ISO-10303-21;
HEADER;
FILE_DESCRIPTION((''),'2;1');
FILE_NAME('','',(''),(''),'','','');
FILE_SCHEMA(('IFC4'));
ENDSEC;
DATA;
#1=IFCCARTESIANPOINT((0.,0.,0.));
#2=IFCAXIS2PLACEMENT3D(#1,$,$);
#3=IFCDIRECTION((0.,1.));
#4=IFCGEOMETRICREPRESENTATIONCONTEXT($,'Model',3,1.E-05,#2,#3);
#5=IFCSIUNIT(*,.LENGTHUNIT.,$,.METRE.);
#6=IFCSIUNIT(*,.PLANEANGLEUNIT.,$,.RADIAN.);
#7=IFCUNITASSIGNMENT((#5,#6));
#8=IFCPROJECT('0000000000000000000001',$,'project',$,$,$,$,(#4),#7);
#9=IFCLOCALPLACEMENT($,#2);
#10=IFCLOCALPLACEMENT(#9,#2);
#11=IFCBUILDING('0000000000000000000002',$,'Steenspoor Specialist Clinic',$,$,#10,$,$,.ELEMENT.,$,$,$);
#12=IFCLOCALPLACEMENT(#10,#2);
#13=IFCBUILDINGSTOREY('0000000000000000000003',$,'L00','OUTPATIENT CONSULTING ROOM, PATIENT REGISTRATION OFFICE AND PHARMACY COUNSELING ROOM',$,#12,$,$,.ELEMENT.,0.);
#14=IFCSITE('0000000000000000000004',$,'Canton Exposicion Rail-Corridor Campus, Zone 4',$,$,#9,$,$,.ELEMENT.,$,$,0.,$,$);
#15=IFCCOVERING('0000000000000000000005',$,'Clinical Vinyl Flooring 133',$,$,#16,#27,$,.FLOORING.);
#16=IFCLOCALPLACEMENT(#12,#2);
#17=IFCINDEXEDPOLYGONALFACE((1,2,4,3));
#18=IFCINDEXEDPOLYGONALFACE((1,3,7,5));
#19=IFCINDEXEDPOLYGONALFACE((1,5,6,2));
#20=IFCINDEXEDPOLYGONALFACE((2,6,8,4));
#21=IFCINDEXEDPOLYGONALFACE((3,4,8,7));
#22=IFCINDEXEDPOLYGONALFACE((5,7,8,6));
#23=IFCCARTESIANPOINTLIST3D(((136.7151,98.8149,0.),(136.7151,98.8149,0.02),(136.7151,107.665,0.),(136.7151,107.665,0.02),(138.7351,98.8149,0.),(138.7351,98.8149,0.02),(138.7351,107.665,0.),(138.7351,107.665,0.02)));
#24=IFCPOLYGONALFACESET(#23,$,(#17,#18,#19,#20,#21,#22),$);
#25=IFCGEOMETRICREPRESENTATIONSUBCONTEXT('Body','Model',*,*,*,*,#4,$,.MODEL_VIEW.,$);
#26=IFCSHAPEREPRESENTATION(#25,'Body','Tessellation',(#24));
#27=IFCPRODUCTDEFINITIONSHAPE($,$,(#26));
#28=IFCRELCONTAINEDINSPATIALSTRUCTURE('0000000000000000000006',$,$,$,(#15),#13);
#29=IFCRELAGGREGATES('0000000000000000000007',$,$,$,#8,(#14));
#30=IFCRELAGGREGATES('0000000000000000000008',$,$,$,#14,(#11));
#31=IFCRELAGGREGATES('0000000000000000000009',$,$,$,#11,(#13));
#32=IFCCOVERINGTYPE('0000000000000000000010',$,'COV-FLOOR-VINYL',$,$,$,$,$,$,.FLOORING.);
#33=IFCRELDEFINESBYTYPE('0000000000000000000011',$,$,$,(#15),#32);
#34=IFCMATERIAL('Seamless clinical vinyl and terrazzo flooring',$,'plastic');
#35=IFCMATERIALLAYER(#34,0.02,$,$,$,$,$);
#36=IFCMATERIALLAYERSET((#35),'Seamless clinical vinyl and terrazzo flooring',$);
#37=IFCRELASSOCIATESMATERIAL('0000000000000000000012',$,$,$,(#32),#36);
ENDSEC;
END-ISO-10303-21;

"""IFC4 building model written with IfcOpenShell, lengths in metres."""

from ifc_helpers import new_model, si_unit, direction, origin, place, context, subcontext, project, spatial, polyline, outline, extrude, material, layer, layer_set, type_object, element, save


model = new_model("IFC4")

# Units and contexts
model_context = context("Model", 3, precision=1e-05, world=origin(), true_north=direction((0.0, 1.0)))
body_context = subcontext(model_context, "Body", "Model", "MODEL_VIEW")
ifc_project = project(units=[si_unit("LENGTHUNIT", "METRE"), si_unit("PLANEANGLEUNIT", "RADIAN")], contexts=[model_context])

# Site, building, storey
site_placement = place(None, origin())
site = spatial("IfcSite", under=ifc_project, at=site_placement, Name="Canton Exposicion Rail-Corridor Campus, Zone 4", CompositionType="ELEMENT", RefElevation=0.0)
building_placement = place(site_placement, origin())
building = spatial("IfcBuilding", under=site, at=building_placement, Name="Steenspoor Specialist Clinic", CompositionType="ELEMENT")
storey_placement = place(building_placement, origin())
storey = spatial("IfcBuildingStorey", under=building, at=storey_placement, Name="L00", Description="OUTPATIENT CONSULTING ROOM, PATIENT REGISTRATION OFFICE AND PHARMACY COUNSELING ROOM", CompositionType="ELEMENT", Elevation=0.0)

# Covering
ifc_material_1 = material(Name="Seamless clinical vinyl and terrazzo flooring", Category="plastic")
ifc_layer_1 = layer(ifc_material_1, 0.02)
ifc_layer_set_1 = layer_set([ifc_layer_1], Name="Seamless clinical vinyl and terrazzo flooring")
covering_type_1 = type_object("IfcCoveringType", Name="COV-FLOOR-VINYL", PredefinedType="FLOORING", material=ifc_layer_set_1)
covering_1_placement = place(storey_placement, origin())
element("IfcCovering", 1, at=covering_1_placement, inside=storey, type_object=covering_type_1, Name="Clinical Vinyl Flooring 133", PredefinedType="FLOORING", context=body_context, shape_type="SweptSolid", body=[
    extrude(outline(polyline([(138.7351, 107.665), (138.7351, 98.8149), (136.7151, 98.8149), (136.7151, 107.665), (138.7351, 107.665)])), origin(), (0.0, 0.0, 1.0), 0.02),
])

save(model, "model.ifc")
